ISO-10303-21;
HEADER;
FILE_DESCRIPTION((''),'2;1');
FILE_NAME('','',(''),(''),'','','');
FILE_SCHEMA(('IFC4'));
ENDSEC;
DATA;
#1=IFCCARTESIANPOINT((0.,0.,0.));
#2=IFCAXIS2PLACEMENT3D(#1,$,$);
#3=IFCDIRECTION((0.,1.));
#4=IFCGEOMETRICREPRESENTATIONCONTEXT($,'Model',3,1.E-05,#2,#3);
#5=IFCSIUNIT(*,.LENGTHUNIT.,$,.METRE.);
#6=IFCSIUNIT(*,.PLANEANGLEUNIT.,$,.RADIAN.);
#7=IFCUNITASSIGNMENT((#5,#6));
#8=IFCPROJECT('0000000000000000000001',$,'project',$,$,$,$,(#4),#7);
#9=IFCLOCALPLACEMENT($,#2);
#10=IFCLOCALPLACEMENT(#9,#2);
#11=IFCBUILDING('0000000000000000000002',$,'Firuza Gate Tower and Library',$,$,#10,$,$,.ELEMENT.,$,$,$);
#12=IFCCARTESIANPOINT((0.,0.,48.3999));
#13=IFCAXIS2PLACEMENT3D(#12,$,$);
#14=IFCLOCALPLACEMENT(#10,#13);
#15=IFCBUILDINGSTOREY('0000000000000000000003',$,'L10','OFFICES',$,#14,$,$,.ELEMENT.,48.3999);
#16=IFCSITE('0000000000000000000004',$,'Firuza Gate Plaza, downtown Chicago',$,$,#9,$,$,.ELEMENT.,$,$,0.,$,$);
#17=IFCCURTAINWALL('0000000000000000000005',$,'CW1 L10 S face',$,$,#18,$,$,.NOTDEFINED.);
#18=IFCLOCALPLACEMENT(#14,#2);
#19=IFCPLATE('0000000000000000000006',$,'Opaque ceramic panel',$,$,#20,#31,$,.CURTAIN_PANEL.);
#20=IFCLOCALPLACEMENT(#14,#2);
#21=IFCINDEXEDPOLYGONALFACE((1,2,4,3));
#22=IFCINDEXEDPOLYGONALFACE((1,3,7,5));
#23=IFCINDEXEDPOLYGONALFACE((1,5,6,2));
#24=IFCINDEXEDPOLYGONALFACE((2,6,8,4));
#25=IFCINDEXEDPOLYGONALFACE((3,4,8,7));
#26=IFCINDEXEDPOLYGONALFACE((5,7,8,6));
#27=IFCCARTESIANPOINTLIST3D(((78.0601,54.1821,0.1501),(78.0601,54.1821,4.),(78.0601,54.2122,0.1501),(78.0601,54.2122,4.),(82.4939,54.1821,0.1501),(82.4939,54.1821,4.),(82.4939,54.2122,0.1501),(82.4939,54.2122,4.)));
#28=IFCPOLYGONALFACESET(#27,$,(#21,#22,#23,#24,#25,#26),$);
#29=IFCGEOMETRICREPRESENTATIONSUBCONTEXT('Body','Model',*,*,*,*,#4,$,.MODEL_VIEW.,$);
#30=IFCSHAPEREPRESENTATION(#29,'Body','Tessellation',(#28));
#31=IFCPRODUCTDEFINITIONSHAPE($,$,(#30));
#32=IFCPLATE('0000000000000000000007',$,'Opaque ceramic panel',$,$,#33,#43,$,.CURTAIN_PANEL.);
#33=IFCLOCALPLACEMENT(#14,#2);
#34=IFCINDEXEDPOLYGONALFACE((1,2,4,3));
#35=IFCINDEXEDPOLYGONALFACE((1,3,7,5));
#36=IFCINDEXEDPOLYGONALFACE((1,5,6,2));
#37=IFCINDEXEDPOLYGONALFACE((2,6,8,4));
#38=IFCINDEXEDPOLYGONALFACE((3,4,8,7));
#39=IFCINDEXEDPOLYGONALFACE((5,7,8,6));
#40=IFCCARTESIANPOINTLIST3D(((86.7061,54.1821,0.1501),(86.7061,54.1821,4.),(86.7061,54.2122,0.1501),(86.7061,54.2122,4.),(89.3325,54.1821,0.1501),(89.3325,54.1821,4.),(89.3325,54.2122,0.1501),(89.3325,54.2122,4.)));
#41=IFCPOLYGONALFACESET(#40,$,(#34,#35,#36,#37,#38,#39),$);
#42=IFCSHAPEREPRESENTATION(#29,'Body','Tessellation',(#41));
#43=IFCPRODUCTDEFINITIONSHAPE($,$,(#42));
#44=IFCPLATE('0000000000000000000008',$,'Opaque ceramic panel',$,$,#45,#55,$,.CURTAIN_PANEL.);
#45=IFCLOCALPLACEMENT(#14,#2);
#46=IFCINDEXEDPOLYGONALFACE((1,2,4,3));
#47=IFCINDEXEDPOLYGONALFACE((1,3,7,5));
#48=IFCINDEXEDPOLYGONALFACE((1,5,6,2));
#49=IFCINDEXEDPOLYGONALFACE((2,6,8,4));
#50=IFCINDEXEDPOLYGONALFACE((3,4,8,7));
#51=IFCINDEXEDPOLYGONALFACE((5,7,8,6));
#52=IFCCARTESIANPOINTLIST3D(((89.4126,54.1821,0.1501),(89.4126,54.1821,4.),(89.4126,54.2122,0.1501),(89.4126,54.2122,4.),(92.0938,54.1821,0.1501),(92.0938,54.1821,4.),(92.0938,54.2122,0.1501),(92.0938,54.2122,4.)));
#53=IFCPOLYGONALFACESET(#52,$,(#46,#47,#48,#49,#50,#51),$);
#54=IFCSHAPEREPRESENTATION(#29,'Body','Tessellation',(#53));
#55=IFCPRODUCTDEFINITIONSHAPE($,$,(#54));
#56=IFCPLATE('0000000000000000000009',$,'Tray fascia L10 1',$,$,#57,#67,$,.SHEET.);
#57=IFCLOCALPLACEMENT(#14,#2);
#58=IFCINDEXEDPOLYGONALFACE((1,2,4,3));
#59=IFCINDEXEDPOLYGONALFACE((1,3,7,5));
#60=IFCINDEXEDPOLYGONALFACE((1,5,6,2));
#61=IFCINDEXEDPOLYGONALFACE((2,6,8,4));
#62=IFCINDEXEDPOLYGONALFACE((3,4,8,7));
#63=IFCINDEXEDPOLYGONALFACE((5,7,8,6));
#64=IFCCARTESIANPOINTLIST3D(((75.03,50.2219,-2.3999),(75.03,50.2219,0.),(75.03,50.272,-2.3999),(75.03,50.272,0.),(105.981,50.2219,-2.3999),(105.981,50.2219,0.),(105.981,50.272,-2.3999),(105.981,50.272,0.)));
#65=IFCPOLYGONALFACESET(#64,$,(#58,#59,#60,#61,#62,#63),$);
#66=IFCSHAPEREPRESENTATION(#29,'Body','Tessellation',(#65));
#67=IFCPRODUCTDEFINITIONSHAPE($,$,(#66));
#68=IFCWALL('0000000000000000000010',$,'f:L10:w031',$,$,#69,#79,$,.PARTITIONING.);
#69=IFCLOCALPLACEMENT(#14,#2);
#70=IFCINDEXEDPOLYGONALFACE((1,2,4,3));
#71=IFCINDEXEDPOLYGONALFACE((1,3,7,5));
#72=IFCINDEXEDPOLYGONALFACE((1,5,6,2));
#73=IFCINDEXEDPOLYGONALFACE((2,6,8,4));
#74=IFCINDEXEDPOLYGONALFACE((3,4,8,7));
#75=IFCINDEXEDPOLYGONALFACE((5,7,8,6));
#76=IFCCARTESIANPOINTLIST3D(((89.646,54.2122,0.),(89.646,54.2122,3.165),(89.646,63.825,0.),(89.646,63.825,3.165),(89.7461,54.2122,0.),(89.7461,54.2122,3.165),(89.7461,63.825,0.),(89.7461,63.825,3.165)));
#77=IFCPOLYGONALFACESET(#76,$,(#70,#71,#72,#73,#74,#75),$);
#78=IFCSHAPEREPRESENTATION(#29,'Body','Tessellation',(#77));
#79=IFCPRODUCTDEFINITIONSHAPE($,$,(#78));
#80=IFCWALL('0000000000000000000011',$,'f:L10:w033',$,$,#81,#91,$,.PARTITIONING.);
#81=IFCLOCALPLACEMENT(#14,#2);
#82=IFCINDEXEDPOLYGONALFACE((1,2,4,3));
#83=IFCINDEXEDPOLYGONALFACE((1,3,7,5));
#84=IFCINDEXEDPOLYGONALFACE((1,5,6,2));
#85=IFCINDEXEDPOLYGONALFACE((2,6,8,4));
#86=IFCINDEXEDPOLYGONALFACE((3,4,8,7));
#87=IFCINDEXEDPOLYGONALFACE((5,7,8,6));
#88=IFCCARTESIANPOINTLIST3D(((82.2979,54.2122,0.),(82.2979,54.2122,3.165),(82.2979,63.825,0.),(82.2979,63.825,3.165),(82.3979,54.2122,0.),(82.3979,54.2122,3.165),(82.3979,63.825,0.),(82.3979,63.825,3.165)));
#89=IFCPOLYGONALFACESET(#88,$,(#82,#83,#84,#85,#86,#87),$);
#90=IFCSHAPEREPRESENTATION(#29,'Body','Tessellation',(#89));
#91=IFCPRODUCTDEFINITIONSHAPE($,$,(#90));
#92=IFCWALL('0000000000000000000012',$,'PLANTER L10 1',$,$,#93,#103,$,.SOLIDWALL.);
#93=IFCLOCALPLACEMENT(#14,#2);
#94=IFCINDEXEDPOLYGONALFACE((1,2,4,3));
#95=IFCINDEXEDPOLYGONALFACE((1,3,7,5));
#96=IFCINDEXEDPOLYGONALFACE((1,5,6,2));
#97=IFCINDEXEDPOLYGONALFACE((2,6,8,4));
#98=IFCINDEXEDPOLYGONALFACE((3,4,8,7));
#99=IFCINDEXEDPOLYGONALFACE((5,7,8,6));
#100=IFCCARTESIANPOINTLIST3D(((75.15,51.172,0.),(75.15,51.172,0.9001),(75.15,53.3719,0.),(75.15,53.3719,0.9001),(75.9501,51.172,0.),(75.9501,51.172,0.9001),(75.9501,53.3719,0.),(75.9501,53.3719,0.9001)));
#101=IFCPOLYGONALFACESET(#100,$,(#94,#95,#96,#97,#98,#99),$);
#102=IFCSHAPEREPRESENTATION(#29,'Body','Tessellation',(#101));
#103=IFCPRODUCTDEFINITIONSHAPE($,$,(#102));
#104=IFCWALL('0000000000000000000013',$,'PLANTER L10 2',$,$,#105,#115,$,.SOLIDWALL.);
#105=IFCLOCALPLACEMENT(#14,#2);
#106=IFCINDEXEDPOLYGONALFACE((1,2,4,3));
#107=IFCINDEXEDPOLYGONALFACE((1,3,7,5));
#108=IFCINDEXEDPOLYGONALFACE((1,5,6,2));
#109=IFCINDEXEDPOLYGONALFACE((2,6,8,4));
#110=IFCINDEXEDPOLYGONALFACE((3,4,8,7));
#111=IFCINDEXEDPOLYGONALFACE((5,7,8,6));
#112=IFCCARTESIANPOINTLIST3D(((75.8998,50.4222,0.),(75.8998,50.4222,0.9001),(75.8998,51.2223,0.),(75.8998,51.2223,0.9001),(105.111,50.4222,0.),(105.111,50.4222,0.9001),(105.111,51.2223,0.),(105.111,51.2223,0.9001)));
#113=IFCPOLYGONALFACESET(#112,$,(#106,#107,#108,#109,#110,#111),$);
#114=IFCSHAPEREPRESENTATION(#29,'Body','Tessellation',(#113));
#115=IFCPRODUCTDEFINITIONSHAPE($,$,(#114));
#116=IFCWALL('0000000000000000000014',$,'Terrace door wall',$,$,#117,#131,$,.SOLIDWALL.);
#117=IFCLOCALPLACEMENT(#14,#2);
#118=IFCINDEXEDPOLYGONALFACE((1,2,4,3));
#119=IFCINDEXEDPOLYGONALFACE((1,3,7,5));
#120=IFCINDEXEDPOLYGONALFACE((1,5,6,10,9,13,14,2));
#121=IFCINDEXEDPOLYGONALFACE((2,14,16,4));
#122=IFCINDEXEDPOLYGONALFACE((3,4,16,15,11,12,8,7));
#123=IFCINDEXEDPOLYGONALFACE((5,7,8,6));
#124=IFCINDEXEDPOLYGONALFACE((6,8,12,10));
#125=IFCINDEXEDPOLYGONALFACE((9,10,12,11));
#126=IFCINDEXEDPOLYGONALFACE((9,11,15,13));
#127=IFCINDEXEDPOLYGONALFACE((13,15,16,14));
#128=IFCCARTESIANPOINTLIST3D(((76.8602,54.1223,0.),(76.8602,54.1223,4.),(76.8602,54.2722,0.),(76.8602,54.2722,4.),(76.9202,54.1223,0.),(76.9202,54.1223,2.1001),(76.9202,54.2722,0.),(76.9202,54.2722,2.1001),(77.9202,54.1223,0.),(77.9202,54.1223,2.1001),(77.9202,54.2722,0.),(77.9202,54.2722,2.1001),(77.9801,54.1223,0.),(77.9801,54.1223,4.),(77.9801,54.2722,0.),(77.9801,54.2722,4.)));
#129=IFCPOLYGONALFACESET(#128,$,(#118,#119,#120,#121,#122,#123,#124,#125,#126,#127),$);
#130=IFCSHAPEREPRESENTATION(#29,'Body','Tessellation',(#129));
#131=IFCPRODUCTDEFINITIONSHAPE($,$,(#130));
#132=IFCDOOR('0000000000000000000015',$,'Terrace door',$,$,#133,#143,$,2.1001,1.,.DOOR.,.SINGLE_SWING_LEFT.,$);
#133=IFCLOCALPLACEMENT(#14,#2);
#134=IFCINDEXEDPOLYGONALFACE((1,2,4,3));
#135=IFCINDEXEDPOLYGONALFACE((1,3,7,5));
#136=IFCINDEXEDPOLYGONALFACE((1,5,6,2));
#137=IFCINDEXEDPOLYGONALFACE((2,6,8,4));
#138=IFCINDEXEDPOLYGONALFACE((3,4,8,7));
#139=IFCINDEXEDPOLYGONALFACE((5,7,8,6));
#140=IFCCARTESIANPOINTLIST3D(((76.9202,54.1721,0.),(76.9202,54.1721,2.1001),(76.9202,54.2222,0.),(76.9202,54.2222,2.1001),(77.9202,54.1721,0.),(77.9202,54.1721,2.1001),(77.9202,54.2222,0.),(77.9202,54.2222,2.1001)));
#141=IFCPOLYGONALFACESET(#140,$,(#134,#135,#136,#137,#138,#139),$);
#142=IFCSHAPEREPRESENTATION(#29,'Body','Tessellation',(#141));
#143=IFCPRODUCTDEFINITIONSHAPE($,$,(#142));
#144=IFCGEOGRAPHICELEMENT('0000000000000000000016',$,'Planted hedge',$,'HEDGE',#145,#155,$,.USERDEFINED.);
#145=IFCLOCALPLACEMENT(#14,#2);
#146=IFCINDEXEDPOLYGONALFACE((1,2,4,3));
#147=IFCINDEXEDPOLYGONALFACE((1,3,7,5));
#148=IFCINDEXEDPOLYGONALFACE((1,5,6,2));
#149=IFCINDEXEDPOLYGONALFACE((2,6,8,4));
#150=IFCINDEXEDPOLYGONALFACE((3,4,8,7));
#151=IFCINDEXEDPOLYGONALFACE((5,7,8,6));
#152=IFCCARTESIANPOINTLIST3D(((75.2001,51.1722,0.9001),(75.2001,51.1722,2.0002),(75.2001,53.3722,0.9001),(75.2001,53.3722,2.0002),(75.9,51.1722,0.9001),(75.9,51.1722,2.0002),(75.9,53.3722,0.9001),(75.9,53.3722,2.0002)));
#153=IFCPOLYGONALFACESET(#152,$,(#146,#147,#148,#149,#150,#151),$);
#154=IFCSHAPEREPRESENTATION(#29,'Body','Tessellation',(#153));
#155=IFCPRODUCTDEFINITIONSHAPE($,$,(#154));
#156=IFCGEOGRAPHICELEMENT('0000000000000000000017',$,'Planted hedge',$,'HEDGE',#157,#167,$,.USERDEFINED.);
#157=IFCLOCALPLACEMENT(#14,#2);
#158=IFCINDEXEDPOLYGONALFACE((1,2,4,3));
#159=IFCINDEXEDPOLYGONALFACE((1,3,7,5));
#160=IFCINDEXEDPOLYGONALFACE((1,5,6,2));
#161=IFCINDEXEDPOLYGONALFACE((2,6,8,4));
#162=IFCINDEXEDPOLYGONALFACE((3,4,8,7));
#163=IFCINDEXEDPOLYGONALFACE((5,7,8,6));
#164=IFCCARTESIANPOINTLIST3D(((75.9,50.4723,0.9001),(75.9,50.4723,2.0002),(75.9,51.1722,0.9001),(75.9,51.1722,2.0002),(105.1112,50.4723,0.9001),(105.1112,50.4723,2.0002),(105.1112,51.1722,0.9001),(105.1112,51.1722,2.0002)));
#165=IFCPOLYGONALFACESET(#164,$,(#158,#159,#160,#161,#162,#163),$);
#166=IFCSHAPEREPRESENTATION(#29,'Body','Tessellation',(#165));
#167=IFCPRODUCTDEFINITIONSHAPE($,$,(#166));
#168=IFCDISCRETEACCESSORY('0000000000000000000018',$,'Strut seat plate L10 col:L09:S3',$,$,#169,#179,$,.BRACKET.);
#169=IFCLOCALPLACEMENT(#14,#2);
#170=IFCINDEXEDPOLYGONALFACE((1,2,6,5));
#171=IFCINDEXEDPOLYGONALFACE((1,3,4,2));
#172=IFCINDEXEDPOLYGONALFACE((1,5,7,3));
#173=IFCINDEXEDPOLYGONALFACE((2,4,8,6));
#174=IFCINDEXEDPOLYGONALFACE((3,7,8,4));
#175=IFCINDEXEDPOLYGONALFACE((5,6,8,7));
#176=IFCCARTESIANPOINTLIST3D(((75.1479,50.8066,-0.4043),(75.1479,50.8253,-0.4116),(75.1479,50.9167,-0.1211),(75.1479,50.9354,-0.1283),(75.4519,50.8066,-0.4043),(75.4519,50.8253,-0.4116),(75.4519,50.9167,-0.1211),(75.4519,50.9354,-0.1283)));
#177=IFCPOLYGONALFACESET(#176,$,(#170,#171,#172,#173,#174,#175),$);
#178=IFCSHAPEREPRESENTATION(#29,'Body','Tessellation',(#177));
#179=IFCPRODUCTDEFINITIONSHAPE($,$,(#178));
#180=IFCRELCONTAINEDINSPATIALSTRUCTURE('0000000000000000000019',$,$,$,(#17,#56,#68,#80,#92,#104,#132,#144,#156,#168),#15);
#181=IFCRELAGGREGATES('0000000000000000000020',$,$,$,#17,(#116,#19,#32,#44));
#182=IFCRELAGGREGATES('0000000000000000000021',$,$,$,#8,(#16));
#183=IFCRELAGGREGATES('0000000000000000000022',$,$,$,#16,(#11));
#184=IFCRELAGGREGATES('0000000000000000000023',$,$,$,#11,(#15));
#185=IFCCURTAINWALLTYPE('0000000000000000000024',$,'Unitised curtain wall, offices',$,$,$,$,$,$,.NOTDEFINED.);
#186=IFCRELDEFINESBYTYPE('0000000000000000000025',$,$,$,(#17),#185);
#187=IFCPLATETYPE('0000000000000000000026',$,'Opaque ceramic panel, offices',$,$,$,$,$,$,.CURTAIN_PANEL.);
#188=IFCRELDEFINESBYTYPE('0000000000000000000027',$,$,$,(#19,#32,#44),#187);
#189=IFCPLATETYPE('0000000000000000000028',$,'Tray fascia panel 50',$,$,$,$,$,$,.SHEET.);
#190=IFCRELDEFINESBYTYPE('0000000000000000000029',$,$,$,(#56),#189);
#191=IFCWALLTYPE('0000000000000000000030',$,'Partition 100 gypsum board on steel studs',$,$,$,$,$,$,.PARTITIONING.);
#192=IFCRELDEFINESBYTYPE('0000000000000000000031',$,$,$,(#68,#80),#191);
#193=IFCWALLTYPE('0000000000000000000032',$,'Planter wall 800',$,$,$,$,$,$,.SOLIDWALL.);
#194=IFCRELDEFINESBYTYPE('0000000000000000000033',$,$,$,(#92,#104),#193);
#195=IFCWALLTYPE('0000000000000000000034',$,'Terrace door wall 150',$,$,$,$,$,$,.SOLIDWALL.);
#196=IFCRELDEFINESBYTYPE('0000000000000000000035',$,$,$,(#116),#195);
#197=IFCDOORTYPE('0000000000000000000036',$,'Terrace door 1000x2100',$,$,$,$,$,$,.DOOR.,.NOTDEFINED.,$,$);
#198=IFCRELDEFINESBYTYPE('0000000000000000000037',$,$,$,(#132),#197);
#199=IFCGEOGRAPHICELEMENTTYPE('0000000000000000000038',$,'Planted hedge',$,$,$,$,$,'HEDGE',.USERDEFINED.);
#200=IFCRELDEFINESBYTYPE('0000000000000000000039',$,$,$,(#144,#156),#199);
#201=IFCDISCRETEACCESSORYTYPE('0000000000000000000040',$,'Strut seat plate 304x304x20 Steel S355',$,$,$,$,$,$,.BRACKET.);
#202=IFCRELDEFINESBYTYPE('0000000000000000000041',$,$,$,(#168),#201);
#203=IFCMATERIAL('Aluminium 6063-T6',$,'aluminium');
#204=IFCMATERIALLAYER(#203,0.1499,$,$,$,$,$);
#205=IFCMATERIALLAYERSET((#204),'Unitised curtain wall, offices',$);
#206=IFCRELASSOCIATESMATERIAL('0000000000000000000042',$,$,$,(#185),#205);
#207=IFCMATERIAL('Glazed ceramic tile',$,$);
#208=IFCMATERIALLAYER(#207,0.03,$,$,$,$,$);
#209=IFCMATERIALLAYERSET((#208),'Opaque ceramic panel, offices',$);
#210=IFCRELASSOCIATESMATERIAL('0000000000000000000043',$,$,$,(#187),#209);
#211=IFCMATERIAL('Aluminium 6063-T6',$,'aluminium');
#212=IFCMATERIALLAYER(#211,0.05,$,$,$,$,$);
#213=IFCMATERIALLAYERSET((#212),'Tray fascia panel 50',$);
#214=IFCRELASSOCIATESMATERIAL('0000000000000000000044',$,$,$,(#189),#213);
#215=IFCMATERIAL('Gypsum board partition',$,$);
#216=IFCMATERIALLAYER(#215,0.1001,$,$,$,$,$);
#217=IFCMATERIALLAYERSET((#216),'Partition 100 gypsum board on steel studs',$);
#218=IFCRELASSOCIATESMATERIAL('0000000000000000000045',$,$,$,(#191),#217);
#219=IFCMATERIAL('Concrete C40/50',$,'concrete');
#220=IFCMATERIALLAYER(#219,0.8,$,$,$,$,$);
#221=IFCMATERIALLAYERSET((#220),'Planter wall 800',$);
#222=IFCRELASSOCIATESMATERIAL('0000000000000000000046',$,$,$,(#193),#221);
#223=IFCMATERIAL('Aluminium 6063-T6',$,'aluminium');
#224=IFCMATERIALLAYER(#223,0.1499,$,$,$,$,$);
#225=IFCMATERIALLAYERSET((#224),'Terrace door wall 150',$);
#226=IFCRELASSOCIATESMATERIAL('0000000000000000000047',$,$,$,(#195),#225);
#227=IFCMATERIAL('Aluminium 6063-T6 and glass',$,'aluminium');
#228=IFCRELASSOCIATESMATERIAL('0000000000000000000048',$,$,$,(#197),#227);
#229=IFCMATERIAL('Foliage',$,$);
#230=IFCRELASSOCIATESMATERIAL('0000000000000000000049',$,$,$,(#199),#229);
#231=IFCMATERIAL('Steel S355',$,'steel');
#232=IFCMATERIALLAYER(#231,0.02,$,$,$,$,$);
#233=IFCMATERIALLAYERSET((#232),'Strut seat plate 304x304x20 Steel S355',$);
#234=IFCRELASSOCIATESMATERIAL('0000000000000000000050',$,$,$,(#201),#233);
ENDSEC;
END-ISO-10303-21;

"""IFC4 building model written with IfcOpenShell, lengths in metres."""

from ifc_helpers import new_model, si_unit, direction, frame, frame_2d, origin, origin_2d, place, context, subcontext, project, spatial, polyline, rectangle, outline, extrude, material, layer, layer_set, type_object, element, fill, aggregate, save


model = new_model("IFC4")

# Units and contexts
model_context = context("Model", 3, precision=1e-05, world=origin(), true_north=direction((0.0, 1.0)))
body_context = subcontext(model_context, "Body", "Model", "MODEL_VIEW")
ifc_project = project(units=[si_unit("LENGTHUNIT", "METRE"), si_unit("PLANEANGLEUNIT", "RADIAN")], contexts=[model_context])

# Site, building, storey
site_placement = place(None, origin())
site = spatial("IfcSite", under=ifc_project, at=site_placement, Name="Firuza Gate Plaza, downtown Chicago", CompositionType="ELEMENT", RefElevation=0.0)
building_placement = place(site_placement, origin())
building = spatial("IfcBuilding", under=site, at=building_placement, Name="Firuza Gate Tower and Library", CompositionType="ELEMENT")
storey_placement = place(building_placement, frame((0.0, 0.0, 48.3999)))
storey = spatial("IfcBuildingStorey", under=building, at=storey_placement, Name="L10", Description="OFFICES", CompositionType="ELEMENT", Elevation=48.3999)

# Curtain wall, plates
ifc_material_1 = material(Name="Aluminium 6063-T6", Category="aluminium")
ifc_layer_1 = layer(ifc_material_1, 0.1499)
ifc_layer_set_1 = layer_set([ifc_layer_1], Name="Unitised curtain wall, offices")
curtain_wall_type = type_object("IfcCurtainWallType", Name="Unitised curtain wall, offices", PredefinedType="NOTDEFINED", material=ifc_layer_set_1)
curtain_wall_placement = place(storey_placement, origin())
curtain_wall = element("IfcCurtainWall", 1, at=curtain_wall_placement, inside=storey, type_object=curtain_wall_type, Name="CW1 L10 S face", PredefinedType="NOTDEFINED")
ifc_material_2 = material(Name="Glazed ceramic tile")
ifc_layer_2 = layer(ifc_material_2, 0.03)
ifc_layer_set_2 = layer_set([ifc_layer_2], Name="Opaque ceramic panel, offices")
plate_type_1 = type_object("IfcPlateType", Name="Opaque ceramic panel, offices", PredefinedType="CURTAIN_PANEL", material=ifc_layer_set_2)
plate_1_placement = place(storey_placement, frame((78.0601, 54.1821, 0.1501), z_axis=(0.0, -1.0, 0.0), x_axis=(1.0, 0.0, 0.0)))
plate_1 = element("IfcPlate", 2, at=plate_1_placement, type_object=plate_type_1, Name="Opaque ceramic panel", PredefinedType="CURTAIN_PANEL", context=body_context, shape_type="SweptSolid", body=[
    extrude(outline(polyline([(0.0, 0.0), (4.4338, 0.0), (4.4338, 3.8499), (0.0, 3.8499), (0.0, 0.0)])), origin(), (0.0, 0.0, -1.0), 0.03),
])
plate_2_placement = place(storey_placement, frame((86.7061, 54.1821, 0.1501), z_axis=(0.0, -1.0, 0.0), x_axis=(1.0, 0.0, 0.0)))
plate_2 = element("IfcPlate", 3, at=plate_2_placement, type_object=plate_type_1, Name="Opaque ceramic panel", PredefinedType="CURTAIN_PANEL", context=body_context, shape_type="SweptSolid", body=[
    extrude(outline(polyline([(0.0, 0.0), (2.6265, 0.0), (2.6265, 3.8499), (0.0, 3.8499), (0.0, 0.0)])), origin(), (0.0, 0.0, -1.0), 0.03),
])
plate_3_placement = place(storey_placement, frame((89.4126, 54.1821, 0.1501), z_axis=(0.0, -1.0, 0.0), x_axis=(1.0, 0.0, 0.0)))
plate_3 = element("IfcPlate", 4, at=plate_3_placement, type_object=plate_type_1, Name="Opaque ceramic panel", PredefinedType="CURTAIN_PANEL", context=body_context, shape_type="SweptSolid", body=[
    extrude(outline(polyline([(0.0, 0.0), (2.6812, 0.0), (2.6812, 3.8499), (0.0, 3.8499), (0.0, 0.0)])), origin(), (0.0, 0.0, -1.0), 0.03),
])

# Plate
ifc_material_3 = material(Name="Aluminium 6063-T6", Category="aluminium")
ifc_layer_3 = layer(ifc_material_3, 0.05)
ifc_layer_set_3 = layer_set([ifc_layer_3], Name="Tray fascia panel 50")
plate_type_2 = type_object("IfcPlateType", Name="Tray fascia panel 50", PredefinedType="SHEET", material=ifc_layer_set_3)
plate_4_placement = place(storey_placement, frame((75.03, 50.2219, -2.3999), z_axis=(0.0, -1.0, 0.0), x_axis=(1.0, 0.0, 0.0)))
element("IfcPlate", 5, at=plate_4_placement, inside=storey, type_object=plate_type_2, Name="Tray fascia L10 1", PredefinedType="SHEET", context=body_context, shape_type="SweptSolid", body=[
    extrude(outline(polyline([(0.0, 0.0), (30.9509, 0.0), (30.9509, 2.3999), (0.0, 2.3999), (0.0, 0.0)])), origin(), (0.0, 0.0, -1.0), 0.05),
])

# Walls
ifc_material_4 = material(Name="Gypsum board partition")
ifc_layer_4 = layer(ifc_material_4, 0.1001)
ifc_layer_set_4 = layer_set([ifc_layer_4], Name="Partition 100 gypsum board on steel studs")
wall_type_1 = type_object("IfcWallType", Name="Partition 100 gypsum board on steel studs", PredefinedType="PARTITIONING", material=ifc_layer_set_4)
for number, where, z_axis, x_axis, name in (
    (6, (89.696, 54.2122, 0.0), (0.0, 0.0, 1.0), (0.0, 1.0, 0.0), "f:L10:w031"),
    (7, (82.3479, 54.2122, 0.0), (0.0, 0.0, 1.0), (0.0, 1.0, 0.0), "f:L10:w033"),
):
    element("IfcWall", number, at=place(storey_placement, frame(where, z_axis=z_axis, x_axis=x_axis)), inside=storey, type_object=wall_type_1, Name=name, PredefinedType="PARTITIONING", context=body_context, shape_type="SweptSolid", body=[
        extrude(rectangle(XDim=9.6128, YDim=0.1001, at=frame_2d((4.8064, 0.0))), origin(), (0.0, 0.0, 1.0), 3.165),
    ])
ifc_material_5 = material(Name="Concrete C40/50", Category="concrete")
ifc_layer_5 = layer(ifc_material_5, 0.8)
ifc_layer_set_5 = layer_set([ifc_layer_5], Name="Planter wall 800")
wall_type_2 = type_object("IfcWallType", Name="Planter wall 800", PredefinedType="SOLIDWALL", material=ifc_layer_set_5)
wall_1_placement = place(storey_placement, frame((75.55, 53.3721, 0.0), z_axis=(0.0, 0.0, 1.0), x_axis=(0.0, -1.0, 0.0)))
element("IfcWall", 8, at=wall_1_placement, inside=storey, type_object=wall_type_2, Name="PLANTER L10 1", PredefinedType="SOLIDWALL", context=body_context, shape_type="SweptSolid", body=[
    extrude(rectangle(XDim=2.2, YDim=0.8, at=frame_2d((1.1001, 0.0))), origin(), (0.0, 0.0, 1.0), 0.9001),
])
wall_2_placement = place(storey_placement, frame((75.8999, 50.8223, 0.0), z_axis=(0.0, 0.0, 1.0), x_axis=(1.0, 0.0, 0.0)))
element("IfcWall", 9, at=wall_2_placement, inside=storey, type_object=wall_type_2, Name="PLANTER L10 2", PredefinedType="SOLIDWALL", context=body_context, shape_type="SweptSolid", body=[
    extrude(rectangle(XDim=29.2112, YDim=0.8, at=frame_2d((14.6055, 0.0))), origin(), (0.0, 0.0, 1.0), 0.9001),
])

# Wall, opening, door
ifc_material_6 = material(Name="Aluminium 6063-T6", Category="aluminium")
ifc_layer_6 = layer(ifc_material_6, 0.1499)
ifc_layer_set_6 = layer_set([ifc_layer_6], Name="Terrace door wall 150")
wall_type_3 = type_object("IfcWallType", Name="Terrace door wall 150", PredefinedType="SOLIDWALL", material=ifc_layer_set_6)
wall_3_placement = place(storey_placement, frame((76.8601, 54.1973, 0.0), z_axis=(0.0, 0.0, 1.0), x_axis=(1.0, 0.0, 0.0)))
wall_3 = element("IfcWall", 10, at=wall_3_placement, type_object=wall_type_3, Name="Terrace door wall", PredefinedType="SOLIDWALL", context=body_context, shape_type="SweptSolid", body=[
    extrude(rectangle(XDim=1.1199, YDim=0.1499, at=frame_2d((0.5601, 0.0))), origin(), (0.0, 0.0, 1.0), 4.0),
])
opening_placement = place(wall_3_placement, frame((0.0601, 0.0, 0.0)))
opening = element("IfcOpeningElement", 11, at=opening_placement, cuts=wall_3, PredefinedType="OPENING", context=body_context, shape_type="SweptSolid", body=[
    extrude(rectangle(XDim=1.0, YDim=2.1001, at=frame_2d((0.5, 1.05))), frame((0.0, 0.085, 0.0), z_axis=(0.0, -1.0, 0.0), x_axis=(1.0, 0.0, 0.0)), (0.0, 0.0, 1.0), 0.1699),
])
ifc_material_7 = material(Name="Aluminium 6063-T6 and glass", Category="aluminium")
door_type = type_object("IfcDoorType", Name="Terrace door 1000x2100", OperationType="NOTDEFINED", PredefinedType="DOOR", material=ifc_material_7)
door_placement = place(opening_placement, origin())
door = element("IfcDoor", 12, at=door_placement, inside=storey, type_object=door_type, Name="Terrace door", OperationType="SINGLE_SWING_LEFT", OverallHeight=2.1001, OverallWidth=1.0, PredefinedType="DOOR", context=body_context, shape_type="SweptSolid", body=[
    extrude(rectangle(XDim=1.0, YDim=2.1001, at=frame_2d((0.5, 1.05))), frame((0.0, 0.0249, 0.0), z_axis=(0.0, -1.0, 0.0), x_axis=(1.0, 0.0, 0.0)), (0.0, 0.0, 1.0), 0.05),
])
fill(opening, door)
aggregate(curtain_wall, [wall_3, plate_1, plate_2, plate_3])

# Geographic elements
ifc_material_8 = material(Name="Foliage")
geographic_element_type = type_object("IfcGeographicElementType", Name="Planted hedge", ElementType="HEDGE", PredefinedType="USERDEFINED", material=ifc_material_8)
geographic_element_1_placement = place(storey_placement, frame((75.55, 52.2722, 0.9001), z_axis=(0.0, 0.0, 1.0), x_axis=(0.0, -1.0, 0.0)))
element("IfcGeographicElement", 13, at=geographic_element_1_placement, inside=storey, type_object=geographic_element_type, Name="Planted hedge", ObjectType="HEDGE", PredefinedType="USERDEFINED", context=body_context, shape_type="SweptSolid", body=[
    extrude(rectangle(XDim=2.2, YDim=0.7, at=origin_2d()), origin(), (0.0, 0.0, 1.0), 1.1001),
])
geographic_element_2_placement = place(storey_placement, frame((90.5056, 50.8223, 0.9001), z_axis=(0.0, 0.0, 1.0), x_axis=(1.0, 0.0, 0.0)))
element("IfcGeographicElement", 14, at=geographic_element_2_placement, inside=storey, type_object=geographic_element_type, Name="Planted hedge", ObjectType="HEDGE", PredefinedType="USERDEFINED", context=body_context, shape_type="SweptSolid", body=[
    extrude(rectangle(XDim=29.2112, YDim=0.7, at=origin_2d()), origin(), (0.0, 0.0, 1.0), 1.1001),
])

# Discrete accessory
ifc_material_9 = material(Name="Steel S355", Category="steel")
ifc_layer_7 = layer(ifc_material_9, 0.02)
ifc_layer_set_7 = layer_set([ifc_layer_7], Name="Strut seat plate 304x304x20 Steel S355")
discrete_accessory_type = type_object("IfcDiscreteAccessoryType", Name="Strut seat plate 304x304x20 Steel S355", PredefinedType="BRACKET", material=ifc_layer_set_7)
for number, where, z_axis, x_axis, name in (
    (15, (75.1479, 50.9167, -0.1211), (0.0, -0.932035, 0.362369), (1.0, 0.0, 0.0), "Strut seat plate L10 col:L09:S3"),
):
    element("IfcDiscreteAccessory", number, at=place(storey_placement, frame(where, z_axis=z_axis, x_axis=x_axis)), inside=storey, type_object=discrete_accessory_type, Name=name, PredefinedType="BRACKET", context=body_context, shape_type="SweptSolid", body=[
        extrude(outline(polyline([(0.0, 0.0), (0.304, 0.0), (0.304, -0.3039), (0.0, -0.3039), (0.0, 0.0)])), origin(), (0.0, 0.0, -1.0), 0.02),
    ])

save(model, "model.ifc")
